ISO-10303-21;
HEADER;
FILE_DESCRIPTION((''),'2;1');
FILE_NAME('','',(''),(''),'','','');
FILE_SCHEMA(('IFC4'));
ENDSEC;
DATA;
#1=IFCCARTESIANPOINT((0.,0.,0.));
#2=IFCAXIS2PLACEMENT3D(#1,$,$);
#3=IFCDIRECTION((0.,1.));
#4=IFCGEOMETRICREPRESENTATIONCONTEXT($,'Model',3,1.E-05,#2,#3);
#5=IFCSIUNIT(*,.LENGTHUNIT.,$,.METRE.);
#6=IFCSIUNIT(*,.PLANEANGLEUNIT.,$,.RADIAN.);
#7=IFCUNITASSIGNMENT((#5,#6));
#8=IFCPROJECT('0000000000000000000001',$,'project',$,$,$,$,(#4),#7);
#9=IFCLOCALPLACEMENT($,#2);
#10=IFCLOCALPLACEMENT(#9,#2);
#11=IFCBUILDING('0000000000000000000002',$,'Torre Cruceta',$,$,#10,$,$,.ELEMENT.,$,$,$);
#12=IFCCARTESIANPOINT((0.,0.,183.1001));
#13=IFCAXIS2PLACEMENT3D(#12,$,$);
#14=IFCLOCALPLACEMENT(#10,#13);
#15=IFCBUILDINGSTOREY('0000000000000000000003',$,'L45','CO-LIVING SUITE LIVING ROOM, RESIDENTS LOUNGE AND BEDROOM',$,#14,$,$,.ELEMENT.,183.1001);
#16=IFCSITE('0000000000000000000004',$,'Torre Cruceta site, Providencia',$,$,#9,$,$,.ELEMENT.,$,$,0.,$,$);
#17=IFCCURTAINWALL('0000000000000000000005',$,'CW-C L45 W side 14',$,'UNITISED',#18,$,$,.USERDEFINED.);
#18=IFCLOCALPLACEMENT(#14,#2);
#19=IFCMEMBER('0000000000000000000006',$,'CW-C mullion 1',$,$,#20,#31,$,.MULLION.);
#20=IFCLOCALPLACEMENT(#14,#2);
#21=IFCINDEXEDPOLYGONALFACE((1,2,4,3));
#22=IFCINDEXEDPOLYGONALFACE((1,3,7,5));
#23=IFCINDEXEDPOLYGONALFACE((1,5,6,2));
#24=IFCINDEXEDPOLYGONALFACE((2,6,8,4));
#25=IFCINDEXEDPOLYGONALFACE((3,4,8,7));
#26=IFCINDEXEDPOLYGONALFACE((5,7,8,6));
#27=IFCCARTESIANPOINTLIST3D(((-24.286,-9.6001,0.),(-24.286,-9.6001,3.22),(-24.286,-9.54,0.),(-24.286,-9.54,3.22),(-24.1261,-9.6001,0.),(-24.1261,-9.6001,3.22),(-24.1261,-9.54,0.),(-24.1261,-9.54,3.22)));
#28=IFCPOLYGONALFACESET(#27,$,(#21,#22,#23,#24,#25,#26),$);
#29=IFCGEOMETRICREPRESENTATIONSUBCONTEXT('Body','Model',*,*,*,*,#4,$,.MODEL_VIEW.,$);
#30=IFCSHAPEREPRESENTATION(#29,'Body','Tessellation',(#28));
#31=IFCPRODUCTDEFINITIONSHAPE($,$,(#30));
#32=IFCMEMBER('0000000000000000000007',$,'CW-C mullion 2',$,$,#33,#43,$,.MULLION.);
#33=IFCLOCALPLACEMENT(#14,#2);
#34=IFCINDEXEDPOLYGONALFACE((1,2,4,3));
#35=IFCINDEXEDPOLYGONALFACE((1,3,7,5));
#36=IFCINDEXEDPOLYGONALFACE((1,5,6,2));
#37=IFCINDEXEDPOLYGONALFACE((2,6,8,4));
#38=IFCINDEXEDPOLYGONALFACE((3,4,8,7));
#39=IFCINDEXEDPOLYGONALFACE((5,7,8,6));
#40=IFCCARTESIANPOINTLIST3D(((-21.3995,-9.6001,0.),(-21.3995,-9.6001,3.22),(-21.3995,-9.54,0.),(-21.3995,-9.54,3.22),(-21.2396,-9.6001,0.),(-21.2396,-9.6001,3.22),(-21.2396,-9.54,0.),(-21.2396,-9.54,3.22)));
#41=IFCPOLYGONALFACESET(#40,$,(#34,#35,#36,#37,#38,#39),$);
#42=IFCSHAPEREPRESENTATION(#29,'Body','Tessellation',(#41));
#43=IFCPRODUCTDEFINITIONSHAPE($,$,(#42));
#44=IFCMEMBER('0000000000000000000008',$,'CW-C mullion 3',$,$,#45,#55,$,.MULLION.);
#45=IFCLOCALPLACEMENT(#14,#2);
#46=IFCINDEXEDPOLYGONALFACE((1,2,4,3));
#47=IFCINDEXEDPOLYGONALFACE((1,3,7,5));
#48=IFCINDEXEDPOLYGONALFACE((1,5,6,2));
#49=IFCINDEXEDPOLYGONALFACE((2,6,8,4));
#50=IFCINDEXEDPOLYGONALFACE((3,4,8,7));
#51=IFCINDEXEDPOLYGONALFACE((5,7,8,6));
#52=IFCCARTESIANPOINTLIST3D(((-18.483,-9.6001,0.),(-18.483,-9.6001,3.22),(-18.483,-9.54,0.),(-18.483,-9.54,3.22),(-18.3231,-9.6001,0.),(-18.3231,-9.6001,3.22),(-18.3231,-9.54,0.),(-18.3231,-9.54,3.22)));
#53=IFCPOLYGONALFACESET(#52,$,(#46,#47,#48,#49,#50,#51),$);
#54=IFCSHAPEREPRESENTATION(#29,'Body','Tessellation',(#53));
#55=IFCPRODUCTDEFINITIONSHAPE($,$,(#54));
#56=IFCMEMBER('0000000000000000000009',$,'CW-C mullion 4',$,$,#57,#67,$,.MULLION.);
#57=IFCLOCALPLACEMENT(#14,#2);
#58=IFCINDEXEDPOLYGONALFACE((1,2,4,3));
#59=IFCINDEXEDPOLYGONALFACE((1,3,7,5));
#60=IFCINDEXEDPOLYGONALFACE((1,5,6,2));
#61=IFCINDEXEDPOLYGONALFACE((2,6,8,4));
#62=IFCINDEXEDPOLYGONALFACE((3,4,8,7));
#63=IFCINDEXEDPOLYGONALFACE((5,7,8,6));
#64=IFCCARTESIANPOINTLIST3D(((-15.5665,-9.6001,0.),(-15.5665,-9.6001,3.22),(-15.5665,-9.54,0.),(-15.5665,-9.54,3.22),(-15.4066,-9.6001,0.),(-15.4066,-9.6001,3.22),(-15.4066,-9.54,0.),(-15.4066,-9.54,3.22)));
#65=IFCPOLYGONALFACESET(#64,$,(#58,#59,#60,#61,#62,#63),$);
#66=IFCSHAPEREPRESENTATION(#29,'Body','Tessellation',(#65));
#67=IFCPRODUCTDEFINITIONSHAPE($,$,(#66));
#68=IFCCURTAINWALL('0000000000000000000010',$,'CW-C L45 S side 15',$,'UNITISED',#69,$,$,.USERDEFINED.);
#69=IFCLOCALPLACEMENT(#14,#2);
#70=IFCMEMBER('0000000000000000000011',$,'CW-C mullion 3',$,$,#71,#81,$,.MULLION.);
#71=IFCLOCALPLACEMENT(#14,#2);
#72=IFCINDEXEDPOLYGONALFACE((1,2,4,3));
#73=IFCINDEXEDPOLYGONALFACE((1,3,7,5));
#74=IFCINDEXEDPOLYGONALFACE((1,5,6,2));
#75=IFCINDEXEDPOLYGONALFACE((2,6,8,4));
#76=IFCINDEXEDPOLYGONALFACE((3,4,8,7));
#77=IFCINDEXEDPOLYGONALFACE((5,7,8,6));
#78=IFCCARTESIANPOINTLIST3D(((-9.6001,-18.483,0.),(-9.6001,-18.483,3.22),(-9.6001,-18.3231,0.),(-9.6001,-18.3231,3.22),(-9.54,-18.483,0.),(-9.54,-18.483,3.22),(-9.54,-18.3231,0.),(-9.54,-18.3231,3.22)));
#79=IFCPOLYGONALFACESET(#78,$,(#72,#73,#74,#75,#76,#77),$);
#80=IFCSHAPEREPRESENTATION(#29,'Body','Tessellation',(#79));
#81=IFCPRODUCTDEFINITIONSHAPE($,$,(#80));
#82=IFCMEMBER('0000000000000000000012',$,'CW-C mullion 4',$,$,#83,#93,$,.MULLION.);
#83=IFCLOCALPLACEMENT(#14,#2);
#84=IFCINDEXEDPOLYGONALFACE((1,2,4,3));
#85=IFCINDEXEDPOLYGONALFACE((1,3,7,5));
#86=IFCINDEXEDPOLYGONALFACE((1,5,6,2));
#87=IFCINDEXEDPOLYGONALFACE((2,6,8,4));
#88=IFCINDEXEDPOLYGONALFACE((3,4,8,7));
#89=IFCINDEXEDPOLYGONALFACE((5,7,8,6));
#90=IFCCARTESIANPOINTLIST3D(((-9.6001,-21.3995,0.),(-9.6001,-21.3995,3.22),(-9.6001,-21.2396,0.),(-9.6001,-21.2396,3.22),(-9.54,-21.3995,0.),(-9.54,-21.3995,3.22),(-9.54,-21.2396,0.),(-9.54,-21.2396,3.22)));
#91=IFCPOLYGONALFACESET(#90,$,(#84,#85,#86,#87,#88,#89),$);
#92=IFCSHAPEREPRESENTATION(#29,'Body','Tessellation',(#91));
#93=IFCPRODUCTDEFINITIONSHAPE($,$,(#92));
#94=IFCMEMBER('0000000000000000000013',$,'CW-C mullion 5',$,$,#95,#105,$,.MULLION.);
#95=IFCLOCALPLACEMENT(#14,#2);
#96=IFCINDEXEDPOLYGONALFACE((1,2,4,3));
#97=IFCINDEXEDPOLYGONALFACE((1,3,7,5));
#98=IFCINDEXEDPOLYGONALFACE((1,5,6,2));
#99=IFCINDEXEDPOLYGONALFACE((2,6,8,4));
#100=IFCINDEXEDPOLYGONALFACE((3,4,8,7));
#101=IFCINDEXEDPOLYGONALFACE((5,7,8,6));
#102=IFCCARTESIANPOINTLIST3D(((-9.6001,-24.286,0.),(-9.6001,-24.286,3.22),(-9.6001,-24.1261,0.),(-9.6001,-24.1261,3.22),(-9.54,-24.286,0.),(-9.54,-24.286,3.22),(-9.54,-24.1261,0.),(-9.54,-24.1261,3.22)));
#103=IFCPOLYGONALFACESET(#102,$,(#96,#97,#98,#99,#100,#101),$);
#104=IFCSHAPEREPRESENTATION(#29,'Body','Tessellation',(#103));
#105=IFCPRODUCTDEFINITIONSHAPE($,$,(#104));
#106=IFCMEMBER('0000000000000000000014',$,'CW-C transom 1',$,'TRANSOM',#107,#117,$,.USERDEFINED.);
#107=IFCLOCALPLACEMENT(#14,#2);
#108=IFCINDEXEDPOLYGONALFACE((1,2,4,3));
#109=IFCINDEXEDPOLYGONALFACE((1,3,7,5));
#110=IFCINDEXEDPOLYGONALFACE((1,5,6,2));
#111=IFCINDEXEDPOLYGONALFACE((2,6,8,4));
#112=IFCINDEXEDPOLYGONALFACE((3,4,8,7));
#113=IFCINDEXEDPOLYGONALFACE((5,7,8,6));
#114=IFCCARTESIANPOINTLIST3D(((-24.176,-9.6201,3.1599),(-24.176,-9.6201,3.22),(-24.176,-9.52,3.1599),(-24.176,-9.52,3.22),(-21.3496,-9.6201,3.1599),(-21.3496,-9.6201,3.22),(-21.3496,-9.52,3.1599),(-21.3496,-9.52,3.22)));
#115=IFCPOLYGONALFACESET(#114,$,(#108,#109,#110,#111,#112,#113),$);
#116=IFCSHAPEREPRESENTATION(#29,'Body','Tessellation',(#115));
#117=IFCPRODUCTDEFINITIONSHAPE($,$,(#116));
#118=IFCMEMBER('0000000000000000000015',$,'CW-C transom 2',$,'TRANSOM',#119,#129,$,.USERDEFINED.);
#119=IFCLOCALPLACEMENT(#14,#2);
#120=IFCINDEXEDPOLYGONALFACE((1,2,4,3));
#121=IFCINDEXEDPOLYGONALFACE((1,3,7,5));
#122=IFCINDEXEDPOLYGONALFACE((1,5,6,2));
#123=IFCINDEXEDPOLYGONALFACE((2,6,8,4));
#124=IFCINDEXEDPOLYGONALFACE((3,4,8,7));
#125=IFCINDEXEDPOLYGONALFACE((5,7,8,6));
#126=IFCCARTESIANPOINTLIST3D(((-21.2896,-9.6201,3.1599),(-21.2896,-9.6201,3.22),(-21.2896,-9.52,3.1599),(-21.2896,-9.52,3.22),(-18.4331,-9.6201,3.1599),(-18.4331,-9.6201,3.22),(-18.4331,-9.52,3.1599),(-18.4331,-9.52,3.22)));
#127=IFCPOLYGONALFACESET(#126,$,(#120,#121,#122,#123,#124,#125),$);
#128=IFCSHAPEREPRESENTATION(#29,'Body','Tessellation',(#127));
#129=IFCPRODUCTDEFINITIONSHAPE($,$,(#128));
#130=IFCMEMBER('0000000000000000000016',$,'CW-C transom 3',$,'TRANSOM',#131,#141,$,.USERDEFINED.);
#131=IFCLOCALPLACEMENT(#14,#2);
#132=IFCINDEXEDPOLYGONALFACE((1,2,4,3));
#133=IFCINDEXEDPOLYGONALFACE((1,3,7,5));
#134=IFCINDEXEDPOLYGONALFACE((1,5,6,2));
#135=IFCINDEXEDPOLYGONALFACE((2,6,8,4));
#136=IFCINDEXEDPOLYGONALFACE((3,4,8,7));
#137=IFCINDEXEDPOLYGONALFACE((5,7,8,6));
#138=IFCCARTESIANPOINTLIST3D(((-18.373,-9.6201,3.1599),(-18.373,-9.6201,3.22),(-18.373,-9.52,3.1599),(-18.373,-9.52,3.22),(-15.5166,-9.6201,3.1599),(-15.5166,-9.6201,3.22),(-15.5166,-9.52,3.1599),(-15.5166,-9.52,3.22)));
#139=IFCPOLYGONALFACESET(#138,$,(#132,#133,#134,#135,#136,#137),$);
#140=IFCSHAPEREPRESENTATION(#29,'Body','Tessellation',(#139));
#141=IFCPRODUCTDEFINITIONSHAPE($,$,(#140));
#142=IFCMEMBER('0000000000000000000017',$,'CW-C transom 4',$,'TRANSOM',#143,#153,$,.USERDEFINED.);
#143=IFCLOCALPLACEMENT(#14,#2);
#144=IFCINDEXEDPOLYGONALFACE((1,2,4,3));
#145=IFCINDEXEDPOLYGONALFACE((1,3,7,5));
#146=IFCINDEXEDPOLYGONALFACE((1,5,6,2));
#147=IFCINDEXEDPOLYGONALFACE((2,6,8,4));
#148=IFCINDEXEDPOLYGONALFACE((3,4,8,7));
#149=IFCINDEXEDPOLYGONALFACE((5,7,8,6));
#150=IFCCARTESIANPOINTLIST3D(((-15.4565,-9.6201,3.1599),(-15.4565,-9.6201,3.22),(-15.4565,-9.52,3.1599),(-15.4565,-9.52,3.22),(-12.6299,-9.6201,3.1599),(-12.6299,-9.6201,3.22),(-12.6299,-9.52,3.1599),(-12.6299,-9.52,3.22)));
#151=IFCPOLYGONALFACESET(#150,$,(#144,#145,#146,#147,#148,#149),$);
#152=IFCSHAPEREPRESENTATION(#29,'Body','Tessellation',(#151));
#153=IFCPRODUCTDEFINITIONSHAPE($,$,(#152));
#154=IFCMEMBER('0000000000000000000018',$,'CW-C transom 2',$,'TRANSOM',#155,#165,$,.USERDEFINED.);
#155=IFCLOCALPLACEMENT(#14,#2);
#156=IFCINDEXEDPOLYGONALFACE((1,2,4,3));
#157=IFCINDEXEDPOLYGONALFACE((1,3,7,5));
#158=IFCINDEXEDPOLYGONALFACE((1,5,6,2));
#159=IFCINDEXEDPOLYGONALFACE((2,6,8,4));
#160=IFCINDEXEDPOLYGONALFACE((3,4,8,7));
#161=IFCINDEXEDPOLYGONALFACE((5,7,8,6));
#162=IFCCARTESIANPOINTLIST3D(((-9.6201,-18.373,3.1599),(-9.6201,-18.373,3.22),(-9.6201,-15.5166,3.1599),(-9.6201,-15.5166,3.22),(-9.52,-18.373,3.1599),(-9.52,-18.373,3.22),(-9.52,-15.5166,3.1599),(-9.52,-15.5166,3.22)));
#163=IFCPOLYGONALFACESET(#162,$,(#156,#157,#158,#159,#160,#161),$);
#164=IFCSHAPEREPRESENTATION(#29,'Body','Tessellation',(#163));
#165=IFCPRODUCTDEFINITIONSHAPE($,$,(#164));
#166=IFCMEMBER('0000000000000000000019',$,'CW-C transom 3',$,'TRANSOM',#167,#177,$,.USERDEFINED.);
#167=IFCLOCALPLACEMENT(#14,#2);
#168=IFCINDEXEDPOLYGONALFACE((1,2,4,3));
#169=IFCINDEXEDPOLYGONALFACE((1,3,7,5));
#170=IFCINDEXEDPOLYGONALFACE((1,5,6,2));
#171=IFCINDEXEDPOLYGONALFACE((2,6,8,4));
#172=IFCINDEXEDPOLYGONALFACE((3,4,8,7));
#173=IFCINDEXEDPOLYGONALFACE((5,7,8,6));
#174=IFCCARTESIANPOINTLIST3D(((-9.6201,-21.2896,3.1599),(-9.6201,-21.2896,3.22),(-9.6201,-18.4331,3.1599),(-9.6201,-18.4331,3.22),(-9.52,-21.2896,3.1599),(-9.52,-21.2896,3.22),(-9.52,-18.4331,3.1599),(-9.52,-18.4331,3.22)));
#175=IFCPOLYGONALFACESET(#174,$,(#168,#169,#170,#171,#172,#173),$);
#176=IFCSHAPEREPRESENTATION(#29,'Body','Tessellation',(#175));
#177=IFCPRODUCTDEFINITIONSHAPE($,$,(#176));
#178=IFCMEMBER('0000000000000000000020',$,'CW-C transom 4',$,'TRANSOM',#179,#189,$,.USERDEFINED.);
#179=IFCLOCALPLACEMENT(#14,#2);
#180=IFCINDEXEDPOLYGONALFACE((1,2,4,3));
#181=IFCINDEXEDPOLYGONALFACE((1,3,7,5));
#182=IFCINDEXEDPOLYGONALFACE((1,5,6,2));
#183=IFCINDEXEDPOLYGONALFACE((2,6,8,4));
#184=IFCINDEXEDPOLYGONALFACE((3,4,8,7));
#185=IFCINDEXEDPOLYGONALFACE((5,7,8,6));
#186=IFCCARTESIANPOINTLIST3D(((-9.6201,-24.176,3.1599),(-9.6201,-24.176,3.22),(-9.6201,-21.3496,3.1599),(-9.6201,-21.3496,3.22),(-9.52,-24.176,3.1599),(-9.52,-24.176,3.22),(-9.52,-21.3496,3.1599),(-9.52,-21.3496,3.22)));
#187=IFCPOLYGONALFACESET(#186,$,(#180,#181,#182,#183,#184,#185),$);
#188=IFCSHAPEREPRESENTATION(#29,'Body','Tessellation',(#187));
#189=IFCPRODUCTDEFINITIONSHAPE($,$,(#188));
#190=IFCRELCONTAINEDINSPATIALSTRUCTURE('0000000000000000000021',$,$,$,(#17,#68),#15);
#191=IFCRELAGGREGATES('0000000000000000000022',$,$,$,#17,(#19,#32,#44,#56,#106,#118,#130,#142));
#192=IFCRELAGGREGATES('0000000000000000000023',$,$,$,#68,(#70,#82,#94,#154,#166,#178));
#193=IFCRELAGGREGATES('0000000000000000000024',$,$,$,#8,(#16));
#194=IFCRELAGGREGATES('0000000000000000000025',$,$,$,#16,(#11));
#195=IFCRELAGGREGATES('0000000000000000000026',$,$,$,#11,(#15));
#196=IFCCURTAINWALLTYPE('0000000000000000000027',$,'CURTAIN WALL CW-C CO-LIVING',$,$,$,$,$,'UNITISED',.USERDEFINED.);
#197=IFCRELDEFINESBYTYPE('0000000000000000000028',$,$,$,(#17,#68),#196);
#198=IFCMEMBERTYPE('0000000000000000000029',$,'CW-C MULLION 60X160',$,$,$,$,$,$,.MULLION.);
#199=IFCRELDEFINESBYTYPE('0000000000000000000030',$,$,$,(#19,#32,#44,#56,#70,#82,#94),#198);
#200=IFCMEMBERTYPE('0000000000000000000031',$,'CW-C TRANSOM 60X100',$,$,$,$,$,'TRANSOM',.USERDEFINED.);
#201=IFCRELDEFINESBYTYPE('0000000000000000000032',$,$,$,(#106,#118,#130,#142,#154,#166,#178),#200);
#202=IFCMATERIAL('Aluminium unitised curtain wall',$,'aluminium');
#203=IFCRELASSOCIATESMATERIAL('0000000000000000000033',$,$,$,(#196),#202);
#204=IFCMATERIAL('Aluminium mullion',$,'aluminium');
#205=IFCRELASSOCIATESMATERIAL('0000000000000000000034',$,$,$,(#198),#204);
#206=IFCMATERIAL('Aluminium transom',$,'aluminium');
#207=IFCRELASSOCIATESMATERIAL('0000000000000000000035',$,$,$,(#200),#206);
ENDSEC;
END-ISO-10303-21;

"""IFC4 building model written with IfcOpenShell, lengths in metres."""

from ifc_helpers import new_model, si_unit, direction, frame, origin, origin_2d, place, context, subcontext, project, spatial, rectangle, extrude, material, material_profile, profile_set, type_object, element, aggregate, save


model = new_model("IFC4")

# Units and contexts
model_context = context("Model", 3, precision=1e-05, world=origin(), true_north=direction((0.0, 1.0)))
body_context = subcontext(model_context, "Body", "Model", "MODEL_VIEW")
ifc_project = project(units=[si_unit("LENGTHUNIT", "METRE"), si_unit("PLANEANGLEUNIT", "RADIAN")], contexts=[model_context])

# Site, building, storey
site_placement = place(None, origin())
site = spatial("IfcSite", under=ifc_project, at=site_placement, Name="Torre Cruceta site, Providencia", CompositionType="ELEMENT", RefElevation=0.0)
building_placement = place(site_placement, origin())
building = spatial("IfcBuilding", under=site, at=building_placement, Name="Torre Cruceta", CompositionType="ELEMENT")
storey_placement = place(building_placement, frame((0.0, 0.0, 183.1001)))
storey = spatial("IfcBuildingStorey", under=building, at=storey_placement, Name="L45", Description="CO-LIVING SUITE LIVING ROOM, RESIDENTS LOUNGE AND BEDROOM", CompositionType="ELEMENT", Elevation=183.1001)

# Curtain walls, members
ifc_material_1 = material(Name="Aluminium unitised curtain wall", Category="aluminium")
curtain_wall_type = type_object("IfcCurtainWallType", Name="CURTAIN WALL CW-C CO-LIVING", ElementType="UNITISED", PredefinedType="USERDEFINED", material=ifc_material_1)
curtain_wall_1_placement = place(storey_placement, origin())
curtain_wall_1 = element("IfcCurtainWall", 1, at=curtain_wall_1_placement, inside=storey, type_object=curtain_wall_type, Name="CW-C L45 W side 14", ObjectType="UNITISED", PredefinedType="USERDEFINED")
ifc_material_2 = material(Name="Aluminium mullion", Category="aluminium")
ifc_material_profile_1 = material_profile(ifc_material_2, rectangle(XDim=0.0601, YDim=0.1599, at=origin_2d()), Name="AL 60X160")
ifc_profile_set_1 = profile_set([ifc_material_profile_1], Name="Aluminium mullion")
member_type_1 = type_object("IfcMemberType", Name="CW-C MULLION 60X160", PredefinedType="MULLION", material=ifc_profile_set_1)
member_1_placement = place(storey_placement, frame((-24.2061, -9.5701, 0.0), z_axis=(0.0, 0.0, 1.0), x_axis=(0.0, 1.0, 0.0)))
member_1 = element("IfcMember", 2, at=member_1_placement, type_object=member_type_1, Name="CW-C mullion 1", PredefinedType="MULLION", context=body_context, shape_type="SweptSolid", body=[
    extrude(rectangle(XDim=0.0601, YDim=0.1599, at=origin_2d()), origin(), (0.0, 0.0, 1.0), 3.22),
])
member_2_placement = place(storey_placement, frame((-21.3196, -9.5701, 0.0), z_axis=(0.0, 0.0, 1.0), x_axis=(0.0, 1.0, 0.0)))
member_2 = element("IfcMember", 3, at=member_2_placement, type_object=member_type_1, Name="CW-C mullion 2", PredefinedType="MULLION", context=body_context, shape_type="SweptSolid", body=[
    extrude(rectangle(XDim=0.0601, YDim=0.1599, at=origin_2d()), origin(), (0.0, 0.0, 1.0), 3.22),
])
member_3_placement = place(storey_placement, frame((-18.4031, -9.5701, 0.0), z_axis=(0.0, 0.0, 1.0), x_axis=(0.0, 1.0, 0.0)))
member_3 = element("IfcMember", 4, at=member_3_placement, type_object=member_type_1, Name="CW-C mullion 3", PredefinedType="MULLION", context=body_context, shape_type="SweptSolid", body=[
    extrude(rectangle(XDim=0.0601, YDim=0.1599, at=origin_2d()), origin(), (0.0, 0.0, 1.0), 3.22),
])
member_4_placement = place(storey_placement, frame((-15.4866, -9.5701, 0.0), z_axis=(0.0, 0.0, 1.0), x_axis=(0.0, 1.0, 0.0)))
member_4 = element("IfcMember", 5, at=member_4_placement, type_object=member_type_1, Name="CW-C mullion 4", PredefinedType="MULLION", context=body_context, shape_type="SweptSolid", body=[
    extrude(rectangle(XDim=0.0601, YDim=0.1599, at=origin_2d()), origin(), (0.0, 0.0, 1.0), 3.22),
])
curtain_wall_2_placement = place(storey_placement, origin())
curtain_wall_2 = element("IfcCurtainWall", 6, at=curtain_wall_2_placement, inside=storey, type_object=curtain_wall_type, Name="CW-C L45 S side 15", ObjectType="UNITISED", PredefinedType="USERDEFINED")
member_5_placement = place(storey_placement, frame((-9.5701, -18.4031, 0.0), z_axis=(0.0, 0.0, 1.0), x_axis=(1.0, 0.0, 0.0)))
member_5 = element("IfcMember", 7, at=member_5_placement, type_object=member_type_1, Name="CW-C mullion 3", PredefinedType="MULLION", context=body_context, shape_type="SweptSolid", body=[
    extrude(rectangle(XDim=0.0601, YDim=0.1599, at=origin_2d()), origin(), (0.0, 0.0, 1.0), 3.22),
])
member_6_placement = place(storey_placement, frame((-9.5701, -21.3196, 0.0), z_axis=(0.0, 0.0, 1.0), x_axis=(1.0, 0.0, 0.0)))
member_6 = element("IfcMember", 8, at=member_6_placement, type_object=member_type_1, Name="CW-C mullion 4", PredefinedType="MULLION", context=body_context, shape_type="SweptSolid", body=[
    extrude(rectangle(XDim=0.0601, YDim=0.1599, at=origin_2d()), origin(), (0.0, 0.0, 1.0), 3.22),
])
member_7_placement = place(storey_placement, frame((-9.5701, -24.2061, 0.0), z_axis=(0.0, 0.0, 1.0), x_axis=(1.0, 0.0, 0.0)))
member_7 = element("IfcMember", 9, at=member_7_placement, type_object=member_type_1, Name="CW-C mullion 5", PredefinedType="MULLION", context=body_context, shape_type="SweptSolid", body=[
    extrude(rectangle(XDim=0.0601, YDim=0.1599, at=origin_2d()), origin(), (0.0, 0.0, 1.0), 3.22),
])

# Members
ifc_material_3 = material(Name="Aluminium transom", Category="aluminium")
ifc_material_profile_2 = material_profile(ifc_material_3, rectangle(XDim=0.1001, YDim=0.0601, at=origin_2d()), Name="AL 100X60")
ifc_profile_set_2 = profile_set([ifc_material_profile_2], Name="Aluminium transom")
member_type_2 = type_object("IfcMemberType", Name="CW-C TRANSOM 60X100", ElementType="TRANSOM", PredefinedType="USERDEFINED", material=ifc_profile_set_2)
member_8_placement = place(storey_placement, frame((-24.176, -9.5701, 3.1899), z_axis=(1.0, 0.0, 0.0), x_axis=(0.0, 1.0, 0.0)))
member_8 = element("IfcMember", 10, at=member_8_placement, type_object=member_type_2, Name="CW-C transom 1", ObjectType="TRANSOM", PredefinedType="USERDEFINED", context=body_context, shape_type="SweptSolid", body=[
    extrude(rectangle(XDim=0.1001, YDim=0.0601, at=origin_2d()), origin(), (0.0, 0.0, 1.0), 2.8264),
])
member_9_placement = place(storey_placement, frame((-21.2896, -9.5701, 3.1899), z_axis=(1.0, 0.0, 0.0), x_axis=(0.0, 1.0, 0.0)))
member_9 = element("IfcMember", 11, at=member_9_placement, type_object=member_type_2, Name="CW-C transom 2", ObjectType="TRANSOM", PredefinedType="USERDEFINED", context=body_context, shape_type="SweptSolid", body=[
    extrude(rectangle(XDim=0.1001, YDim=0.0601, at=origin_2d()), origin(), (0.0, 0.0, 1.0), 2.8564),
])
member_10_placement = place(storey_placement, frame((-18.373, -9.5701, 3.1899), z_axis=(1.0, 0.0, 0.0), x_axis=(0.0, 1.0, 0.0)))
member_10 = element("IfcMember", 12, at=member_10_placement, type_object=member_type_2, Name="CW-C transom 3", ObjectType="TRANSOM", PredefinedType="USERDEFINED", context=body_context, shape_type="SweptSolid", body=[
    extrude(rectangle(XDim=0.1001, YDim=0.0601, at=origin_2d()), origin(), (0.0, 0.0, 1.0), 2.8564),
])
member_11_placement = place(storey_placement, frame((-15.4565, -9.5701, 3.1899), z_axis=(1.0, 0.0, 0.0), x_axis=(0.0, 1.0, 0.0)))
member_11 = element("IfcMember", 13, at=member_11_placement, type_object=member_type_2, Name="CW-C transom 4", ObjectType="TRANSOM", PredefinedType="USERDEFINED", context=body_context, shape_type="SweptSolid", body=[
    extrude(rectangle(XDim=0.1001, YDim=0.0601, at=origin_2d()), origin(), (0.0, 0.0, 1.0), 2.8267),
])
member_12_placement = place(storey_placement, frame((-9.5701, -15.5166, 3.1899), z_axis=(0.0, -1.0, 0.0), x_axis=(1.0, 0.0, 0.0)))
member_12 = element("IfcMember", 14, at=member_12_placement, type_object=member_type_2, Name="CW-C transom 2", ObjectType="TRANSOM", PredefinedType="USERDEFINED", context=body_context, shape_type="SweptSolid", body=[
    extrude(rectangle(XDim=0.1001, YDim=0.0601, at=origin_2d()), origin(), (0.0, 0.0, 1.0), 2.8564),
])
member_13_placement = place(storey_placement, frame((-9.5701, -18.4331, 3.1899), z_axis=(0.0, -1.0, 0.0), x_axis=(1.0, 0.0, 0.0)))
member_13 = element("IfcMember", 15, at=member_13_placement, type_object=member_type_2, Name="CW-C transom 3", ObjectType="TRANSOM", PredefinedType="USERDEFINED", context=body_context, shape_type="SweptSolid", body=[
    extrude(rectangle(XDim=0.1001, YDim=0.0601, at=origin_2d()), origin(), (0.0, 0.0, 1.0), 2.8564),
])
member_14_placement = place(storey_placement, frame((-9.5701, -21.3496, 3.1899), z_axis=(0.0, -1.0, 0.0), x_axis=(1.0, 0.0, 0.0)))
member_14 = element("IfcMember", 16, at=member_14_placement, type_object=member_type_2, Name="CW-C transom 4", ObjectType="TRANSOM", PredefinedType="USERDEFINED", context=body_context, shape_type="SweptSolid", body=[
    extrude(rectangle(XDim=0.1001, YDim=0.0601, at=origin_2d()), origin(), (0.0, 0.0, 1.0), 2.8264),
])

aggregate(curtain_wall_1, [member_1, member_2, member_3, member_4, member_8, member_9, member_10, member_11])
aggregate(curtain_wall_2, [member_5, member_6, member_7, member_12, member_13, member_14])

save(model, "model.ifc")
